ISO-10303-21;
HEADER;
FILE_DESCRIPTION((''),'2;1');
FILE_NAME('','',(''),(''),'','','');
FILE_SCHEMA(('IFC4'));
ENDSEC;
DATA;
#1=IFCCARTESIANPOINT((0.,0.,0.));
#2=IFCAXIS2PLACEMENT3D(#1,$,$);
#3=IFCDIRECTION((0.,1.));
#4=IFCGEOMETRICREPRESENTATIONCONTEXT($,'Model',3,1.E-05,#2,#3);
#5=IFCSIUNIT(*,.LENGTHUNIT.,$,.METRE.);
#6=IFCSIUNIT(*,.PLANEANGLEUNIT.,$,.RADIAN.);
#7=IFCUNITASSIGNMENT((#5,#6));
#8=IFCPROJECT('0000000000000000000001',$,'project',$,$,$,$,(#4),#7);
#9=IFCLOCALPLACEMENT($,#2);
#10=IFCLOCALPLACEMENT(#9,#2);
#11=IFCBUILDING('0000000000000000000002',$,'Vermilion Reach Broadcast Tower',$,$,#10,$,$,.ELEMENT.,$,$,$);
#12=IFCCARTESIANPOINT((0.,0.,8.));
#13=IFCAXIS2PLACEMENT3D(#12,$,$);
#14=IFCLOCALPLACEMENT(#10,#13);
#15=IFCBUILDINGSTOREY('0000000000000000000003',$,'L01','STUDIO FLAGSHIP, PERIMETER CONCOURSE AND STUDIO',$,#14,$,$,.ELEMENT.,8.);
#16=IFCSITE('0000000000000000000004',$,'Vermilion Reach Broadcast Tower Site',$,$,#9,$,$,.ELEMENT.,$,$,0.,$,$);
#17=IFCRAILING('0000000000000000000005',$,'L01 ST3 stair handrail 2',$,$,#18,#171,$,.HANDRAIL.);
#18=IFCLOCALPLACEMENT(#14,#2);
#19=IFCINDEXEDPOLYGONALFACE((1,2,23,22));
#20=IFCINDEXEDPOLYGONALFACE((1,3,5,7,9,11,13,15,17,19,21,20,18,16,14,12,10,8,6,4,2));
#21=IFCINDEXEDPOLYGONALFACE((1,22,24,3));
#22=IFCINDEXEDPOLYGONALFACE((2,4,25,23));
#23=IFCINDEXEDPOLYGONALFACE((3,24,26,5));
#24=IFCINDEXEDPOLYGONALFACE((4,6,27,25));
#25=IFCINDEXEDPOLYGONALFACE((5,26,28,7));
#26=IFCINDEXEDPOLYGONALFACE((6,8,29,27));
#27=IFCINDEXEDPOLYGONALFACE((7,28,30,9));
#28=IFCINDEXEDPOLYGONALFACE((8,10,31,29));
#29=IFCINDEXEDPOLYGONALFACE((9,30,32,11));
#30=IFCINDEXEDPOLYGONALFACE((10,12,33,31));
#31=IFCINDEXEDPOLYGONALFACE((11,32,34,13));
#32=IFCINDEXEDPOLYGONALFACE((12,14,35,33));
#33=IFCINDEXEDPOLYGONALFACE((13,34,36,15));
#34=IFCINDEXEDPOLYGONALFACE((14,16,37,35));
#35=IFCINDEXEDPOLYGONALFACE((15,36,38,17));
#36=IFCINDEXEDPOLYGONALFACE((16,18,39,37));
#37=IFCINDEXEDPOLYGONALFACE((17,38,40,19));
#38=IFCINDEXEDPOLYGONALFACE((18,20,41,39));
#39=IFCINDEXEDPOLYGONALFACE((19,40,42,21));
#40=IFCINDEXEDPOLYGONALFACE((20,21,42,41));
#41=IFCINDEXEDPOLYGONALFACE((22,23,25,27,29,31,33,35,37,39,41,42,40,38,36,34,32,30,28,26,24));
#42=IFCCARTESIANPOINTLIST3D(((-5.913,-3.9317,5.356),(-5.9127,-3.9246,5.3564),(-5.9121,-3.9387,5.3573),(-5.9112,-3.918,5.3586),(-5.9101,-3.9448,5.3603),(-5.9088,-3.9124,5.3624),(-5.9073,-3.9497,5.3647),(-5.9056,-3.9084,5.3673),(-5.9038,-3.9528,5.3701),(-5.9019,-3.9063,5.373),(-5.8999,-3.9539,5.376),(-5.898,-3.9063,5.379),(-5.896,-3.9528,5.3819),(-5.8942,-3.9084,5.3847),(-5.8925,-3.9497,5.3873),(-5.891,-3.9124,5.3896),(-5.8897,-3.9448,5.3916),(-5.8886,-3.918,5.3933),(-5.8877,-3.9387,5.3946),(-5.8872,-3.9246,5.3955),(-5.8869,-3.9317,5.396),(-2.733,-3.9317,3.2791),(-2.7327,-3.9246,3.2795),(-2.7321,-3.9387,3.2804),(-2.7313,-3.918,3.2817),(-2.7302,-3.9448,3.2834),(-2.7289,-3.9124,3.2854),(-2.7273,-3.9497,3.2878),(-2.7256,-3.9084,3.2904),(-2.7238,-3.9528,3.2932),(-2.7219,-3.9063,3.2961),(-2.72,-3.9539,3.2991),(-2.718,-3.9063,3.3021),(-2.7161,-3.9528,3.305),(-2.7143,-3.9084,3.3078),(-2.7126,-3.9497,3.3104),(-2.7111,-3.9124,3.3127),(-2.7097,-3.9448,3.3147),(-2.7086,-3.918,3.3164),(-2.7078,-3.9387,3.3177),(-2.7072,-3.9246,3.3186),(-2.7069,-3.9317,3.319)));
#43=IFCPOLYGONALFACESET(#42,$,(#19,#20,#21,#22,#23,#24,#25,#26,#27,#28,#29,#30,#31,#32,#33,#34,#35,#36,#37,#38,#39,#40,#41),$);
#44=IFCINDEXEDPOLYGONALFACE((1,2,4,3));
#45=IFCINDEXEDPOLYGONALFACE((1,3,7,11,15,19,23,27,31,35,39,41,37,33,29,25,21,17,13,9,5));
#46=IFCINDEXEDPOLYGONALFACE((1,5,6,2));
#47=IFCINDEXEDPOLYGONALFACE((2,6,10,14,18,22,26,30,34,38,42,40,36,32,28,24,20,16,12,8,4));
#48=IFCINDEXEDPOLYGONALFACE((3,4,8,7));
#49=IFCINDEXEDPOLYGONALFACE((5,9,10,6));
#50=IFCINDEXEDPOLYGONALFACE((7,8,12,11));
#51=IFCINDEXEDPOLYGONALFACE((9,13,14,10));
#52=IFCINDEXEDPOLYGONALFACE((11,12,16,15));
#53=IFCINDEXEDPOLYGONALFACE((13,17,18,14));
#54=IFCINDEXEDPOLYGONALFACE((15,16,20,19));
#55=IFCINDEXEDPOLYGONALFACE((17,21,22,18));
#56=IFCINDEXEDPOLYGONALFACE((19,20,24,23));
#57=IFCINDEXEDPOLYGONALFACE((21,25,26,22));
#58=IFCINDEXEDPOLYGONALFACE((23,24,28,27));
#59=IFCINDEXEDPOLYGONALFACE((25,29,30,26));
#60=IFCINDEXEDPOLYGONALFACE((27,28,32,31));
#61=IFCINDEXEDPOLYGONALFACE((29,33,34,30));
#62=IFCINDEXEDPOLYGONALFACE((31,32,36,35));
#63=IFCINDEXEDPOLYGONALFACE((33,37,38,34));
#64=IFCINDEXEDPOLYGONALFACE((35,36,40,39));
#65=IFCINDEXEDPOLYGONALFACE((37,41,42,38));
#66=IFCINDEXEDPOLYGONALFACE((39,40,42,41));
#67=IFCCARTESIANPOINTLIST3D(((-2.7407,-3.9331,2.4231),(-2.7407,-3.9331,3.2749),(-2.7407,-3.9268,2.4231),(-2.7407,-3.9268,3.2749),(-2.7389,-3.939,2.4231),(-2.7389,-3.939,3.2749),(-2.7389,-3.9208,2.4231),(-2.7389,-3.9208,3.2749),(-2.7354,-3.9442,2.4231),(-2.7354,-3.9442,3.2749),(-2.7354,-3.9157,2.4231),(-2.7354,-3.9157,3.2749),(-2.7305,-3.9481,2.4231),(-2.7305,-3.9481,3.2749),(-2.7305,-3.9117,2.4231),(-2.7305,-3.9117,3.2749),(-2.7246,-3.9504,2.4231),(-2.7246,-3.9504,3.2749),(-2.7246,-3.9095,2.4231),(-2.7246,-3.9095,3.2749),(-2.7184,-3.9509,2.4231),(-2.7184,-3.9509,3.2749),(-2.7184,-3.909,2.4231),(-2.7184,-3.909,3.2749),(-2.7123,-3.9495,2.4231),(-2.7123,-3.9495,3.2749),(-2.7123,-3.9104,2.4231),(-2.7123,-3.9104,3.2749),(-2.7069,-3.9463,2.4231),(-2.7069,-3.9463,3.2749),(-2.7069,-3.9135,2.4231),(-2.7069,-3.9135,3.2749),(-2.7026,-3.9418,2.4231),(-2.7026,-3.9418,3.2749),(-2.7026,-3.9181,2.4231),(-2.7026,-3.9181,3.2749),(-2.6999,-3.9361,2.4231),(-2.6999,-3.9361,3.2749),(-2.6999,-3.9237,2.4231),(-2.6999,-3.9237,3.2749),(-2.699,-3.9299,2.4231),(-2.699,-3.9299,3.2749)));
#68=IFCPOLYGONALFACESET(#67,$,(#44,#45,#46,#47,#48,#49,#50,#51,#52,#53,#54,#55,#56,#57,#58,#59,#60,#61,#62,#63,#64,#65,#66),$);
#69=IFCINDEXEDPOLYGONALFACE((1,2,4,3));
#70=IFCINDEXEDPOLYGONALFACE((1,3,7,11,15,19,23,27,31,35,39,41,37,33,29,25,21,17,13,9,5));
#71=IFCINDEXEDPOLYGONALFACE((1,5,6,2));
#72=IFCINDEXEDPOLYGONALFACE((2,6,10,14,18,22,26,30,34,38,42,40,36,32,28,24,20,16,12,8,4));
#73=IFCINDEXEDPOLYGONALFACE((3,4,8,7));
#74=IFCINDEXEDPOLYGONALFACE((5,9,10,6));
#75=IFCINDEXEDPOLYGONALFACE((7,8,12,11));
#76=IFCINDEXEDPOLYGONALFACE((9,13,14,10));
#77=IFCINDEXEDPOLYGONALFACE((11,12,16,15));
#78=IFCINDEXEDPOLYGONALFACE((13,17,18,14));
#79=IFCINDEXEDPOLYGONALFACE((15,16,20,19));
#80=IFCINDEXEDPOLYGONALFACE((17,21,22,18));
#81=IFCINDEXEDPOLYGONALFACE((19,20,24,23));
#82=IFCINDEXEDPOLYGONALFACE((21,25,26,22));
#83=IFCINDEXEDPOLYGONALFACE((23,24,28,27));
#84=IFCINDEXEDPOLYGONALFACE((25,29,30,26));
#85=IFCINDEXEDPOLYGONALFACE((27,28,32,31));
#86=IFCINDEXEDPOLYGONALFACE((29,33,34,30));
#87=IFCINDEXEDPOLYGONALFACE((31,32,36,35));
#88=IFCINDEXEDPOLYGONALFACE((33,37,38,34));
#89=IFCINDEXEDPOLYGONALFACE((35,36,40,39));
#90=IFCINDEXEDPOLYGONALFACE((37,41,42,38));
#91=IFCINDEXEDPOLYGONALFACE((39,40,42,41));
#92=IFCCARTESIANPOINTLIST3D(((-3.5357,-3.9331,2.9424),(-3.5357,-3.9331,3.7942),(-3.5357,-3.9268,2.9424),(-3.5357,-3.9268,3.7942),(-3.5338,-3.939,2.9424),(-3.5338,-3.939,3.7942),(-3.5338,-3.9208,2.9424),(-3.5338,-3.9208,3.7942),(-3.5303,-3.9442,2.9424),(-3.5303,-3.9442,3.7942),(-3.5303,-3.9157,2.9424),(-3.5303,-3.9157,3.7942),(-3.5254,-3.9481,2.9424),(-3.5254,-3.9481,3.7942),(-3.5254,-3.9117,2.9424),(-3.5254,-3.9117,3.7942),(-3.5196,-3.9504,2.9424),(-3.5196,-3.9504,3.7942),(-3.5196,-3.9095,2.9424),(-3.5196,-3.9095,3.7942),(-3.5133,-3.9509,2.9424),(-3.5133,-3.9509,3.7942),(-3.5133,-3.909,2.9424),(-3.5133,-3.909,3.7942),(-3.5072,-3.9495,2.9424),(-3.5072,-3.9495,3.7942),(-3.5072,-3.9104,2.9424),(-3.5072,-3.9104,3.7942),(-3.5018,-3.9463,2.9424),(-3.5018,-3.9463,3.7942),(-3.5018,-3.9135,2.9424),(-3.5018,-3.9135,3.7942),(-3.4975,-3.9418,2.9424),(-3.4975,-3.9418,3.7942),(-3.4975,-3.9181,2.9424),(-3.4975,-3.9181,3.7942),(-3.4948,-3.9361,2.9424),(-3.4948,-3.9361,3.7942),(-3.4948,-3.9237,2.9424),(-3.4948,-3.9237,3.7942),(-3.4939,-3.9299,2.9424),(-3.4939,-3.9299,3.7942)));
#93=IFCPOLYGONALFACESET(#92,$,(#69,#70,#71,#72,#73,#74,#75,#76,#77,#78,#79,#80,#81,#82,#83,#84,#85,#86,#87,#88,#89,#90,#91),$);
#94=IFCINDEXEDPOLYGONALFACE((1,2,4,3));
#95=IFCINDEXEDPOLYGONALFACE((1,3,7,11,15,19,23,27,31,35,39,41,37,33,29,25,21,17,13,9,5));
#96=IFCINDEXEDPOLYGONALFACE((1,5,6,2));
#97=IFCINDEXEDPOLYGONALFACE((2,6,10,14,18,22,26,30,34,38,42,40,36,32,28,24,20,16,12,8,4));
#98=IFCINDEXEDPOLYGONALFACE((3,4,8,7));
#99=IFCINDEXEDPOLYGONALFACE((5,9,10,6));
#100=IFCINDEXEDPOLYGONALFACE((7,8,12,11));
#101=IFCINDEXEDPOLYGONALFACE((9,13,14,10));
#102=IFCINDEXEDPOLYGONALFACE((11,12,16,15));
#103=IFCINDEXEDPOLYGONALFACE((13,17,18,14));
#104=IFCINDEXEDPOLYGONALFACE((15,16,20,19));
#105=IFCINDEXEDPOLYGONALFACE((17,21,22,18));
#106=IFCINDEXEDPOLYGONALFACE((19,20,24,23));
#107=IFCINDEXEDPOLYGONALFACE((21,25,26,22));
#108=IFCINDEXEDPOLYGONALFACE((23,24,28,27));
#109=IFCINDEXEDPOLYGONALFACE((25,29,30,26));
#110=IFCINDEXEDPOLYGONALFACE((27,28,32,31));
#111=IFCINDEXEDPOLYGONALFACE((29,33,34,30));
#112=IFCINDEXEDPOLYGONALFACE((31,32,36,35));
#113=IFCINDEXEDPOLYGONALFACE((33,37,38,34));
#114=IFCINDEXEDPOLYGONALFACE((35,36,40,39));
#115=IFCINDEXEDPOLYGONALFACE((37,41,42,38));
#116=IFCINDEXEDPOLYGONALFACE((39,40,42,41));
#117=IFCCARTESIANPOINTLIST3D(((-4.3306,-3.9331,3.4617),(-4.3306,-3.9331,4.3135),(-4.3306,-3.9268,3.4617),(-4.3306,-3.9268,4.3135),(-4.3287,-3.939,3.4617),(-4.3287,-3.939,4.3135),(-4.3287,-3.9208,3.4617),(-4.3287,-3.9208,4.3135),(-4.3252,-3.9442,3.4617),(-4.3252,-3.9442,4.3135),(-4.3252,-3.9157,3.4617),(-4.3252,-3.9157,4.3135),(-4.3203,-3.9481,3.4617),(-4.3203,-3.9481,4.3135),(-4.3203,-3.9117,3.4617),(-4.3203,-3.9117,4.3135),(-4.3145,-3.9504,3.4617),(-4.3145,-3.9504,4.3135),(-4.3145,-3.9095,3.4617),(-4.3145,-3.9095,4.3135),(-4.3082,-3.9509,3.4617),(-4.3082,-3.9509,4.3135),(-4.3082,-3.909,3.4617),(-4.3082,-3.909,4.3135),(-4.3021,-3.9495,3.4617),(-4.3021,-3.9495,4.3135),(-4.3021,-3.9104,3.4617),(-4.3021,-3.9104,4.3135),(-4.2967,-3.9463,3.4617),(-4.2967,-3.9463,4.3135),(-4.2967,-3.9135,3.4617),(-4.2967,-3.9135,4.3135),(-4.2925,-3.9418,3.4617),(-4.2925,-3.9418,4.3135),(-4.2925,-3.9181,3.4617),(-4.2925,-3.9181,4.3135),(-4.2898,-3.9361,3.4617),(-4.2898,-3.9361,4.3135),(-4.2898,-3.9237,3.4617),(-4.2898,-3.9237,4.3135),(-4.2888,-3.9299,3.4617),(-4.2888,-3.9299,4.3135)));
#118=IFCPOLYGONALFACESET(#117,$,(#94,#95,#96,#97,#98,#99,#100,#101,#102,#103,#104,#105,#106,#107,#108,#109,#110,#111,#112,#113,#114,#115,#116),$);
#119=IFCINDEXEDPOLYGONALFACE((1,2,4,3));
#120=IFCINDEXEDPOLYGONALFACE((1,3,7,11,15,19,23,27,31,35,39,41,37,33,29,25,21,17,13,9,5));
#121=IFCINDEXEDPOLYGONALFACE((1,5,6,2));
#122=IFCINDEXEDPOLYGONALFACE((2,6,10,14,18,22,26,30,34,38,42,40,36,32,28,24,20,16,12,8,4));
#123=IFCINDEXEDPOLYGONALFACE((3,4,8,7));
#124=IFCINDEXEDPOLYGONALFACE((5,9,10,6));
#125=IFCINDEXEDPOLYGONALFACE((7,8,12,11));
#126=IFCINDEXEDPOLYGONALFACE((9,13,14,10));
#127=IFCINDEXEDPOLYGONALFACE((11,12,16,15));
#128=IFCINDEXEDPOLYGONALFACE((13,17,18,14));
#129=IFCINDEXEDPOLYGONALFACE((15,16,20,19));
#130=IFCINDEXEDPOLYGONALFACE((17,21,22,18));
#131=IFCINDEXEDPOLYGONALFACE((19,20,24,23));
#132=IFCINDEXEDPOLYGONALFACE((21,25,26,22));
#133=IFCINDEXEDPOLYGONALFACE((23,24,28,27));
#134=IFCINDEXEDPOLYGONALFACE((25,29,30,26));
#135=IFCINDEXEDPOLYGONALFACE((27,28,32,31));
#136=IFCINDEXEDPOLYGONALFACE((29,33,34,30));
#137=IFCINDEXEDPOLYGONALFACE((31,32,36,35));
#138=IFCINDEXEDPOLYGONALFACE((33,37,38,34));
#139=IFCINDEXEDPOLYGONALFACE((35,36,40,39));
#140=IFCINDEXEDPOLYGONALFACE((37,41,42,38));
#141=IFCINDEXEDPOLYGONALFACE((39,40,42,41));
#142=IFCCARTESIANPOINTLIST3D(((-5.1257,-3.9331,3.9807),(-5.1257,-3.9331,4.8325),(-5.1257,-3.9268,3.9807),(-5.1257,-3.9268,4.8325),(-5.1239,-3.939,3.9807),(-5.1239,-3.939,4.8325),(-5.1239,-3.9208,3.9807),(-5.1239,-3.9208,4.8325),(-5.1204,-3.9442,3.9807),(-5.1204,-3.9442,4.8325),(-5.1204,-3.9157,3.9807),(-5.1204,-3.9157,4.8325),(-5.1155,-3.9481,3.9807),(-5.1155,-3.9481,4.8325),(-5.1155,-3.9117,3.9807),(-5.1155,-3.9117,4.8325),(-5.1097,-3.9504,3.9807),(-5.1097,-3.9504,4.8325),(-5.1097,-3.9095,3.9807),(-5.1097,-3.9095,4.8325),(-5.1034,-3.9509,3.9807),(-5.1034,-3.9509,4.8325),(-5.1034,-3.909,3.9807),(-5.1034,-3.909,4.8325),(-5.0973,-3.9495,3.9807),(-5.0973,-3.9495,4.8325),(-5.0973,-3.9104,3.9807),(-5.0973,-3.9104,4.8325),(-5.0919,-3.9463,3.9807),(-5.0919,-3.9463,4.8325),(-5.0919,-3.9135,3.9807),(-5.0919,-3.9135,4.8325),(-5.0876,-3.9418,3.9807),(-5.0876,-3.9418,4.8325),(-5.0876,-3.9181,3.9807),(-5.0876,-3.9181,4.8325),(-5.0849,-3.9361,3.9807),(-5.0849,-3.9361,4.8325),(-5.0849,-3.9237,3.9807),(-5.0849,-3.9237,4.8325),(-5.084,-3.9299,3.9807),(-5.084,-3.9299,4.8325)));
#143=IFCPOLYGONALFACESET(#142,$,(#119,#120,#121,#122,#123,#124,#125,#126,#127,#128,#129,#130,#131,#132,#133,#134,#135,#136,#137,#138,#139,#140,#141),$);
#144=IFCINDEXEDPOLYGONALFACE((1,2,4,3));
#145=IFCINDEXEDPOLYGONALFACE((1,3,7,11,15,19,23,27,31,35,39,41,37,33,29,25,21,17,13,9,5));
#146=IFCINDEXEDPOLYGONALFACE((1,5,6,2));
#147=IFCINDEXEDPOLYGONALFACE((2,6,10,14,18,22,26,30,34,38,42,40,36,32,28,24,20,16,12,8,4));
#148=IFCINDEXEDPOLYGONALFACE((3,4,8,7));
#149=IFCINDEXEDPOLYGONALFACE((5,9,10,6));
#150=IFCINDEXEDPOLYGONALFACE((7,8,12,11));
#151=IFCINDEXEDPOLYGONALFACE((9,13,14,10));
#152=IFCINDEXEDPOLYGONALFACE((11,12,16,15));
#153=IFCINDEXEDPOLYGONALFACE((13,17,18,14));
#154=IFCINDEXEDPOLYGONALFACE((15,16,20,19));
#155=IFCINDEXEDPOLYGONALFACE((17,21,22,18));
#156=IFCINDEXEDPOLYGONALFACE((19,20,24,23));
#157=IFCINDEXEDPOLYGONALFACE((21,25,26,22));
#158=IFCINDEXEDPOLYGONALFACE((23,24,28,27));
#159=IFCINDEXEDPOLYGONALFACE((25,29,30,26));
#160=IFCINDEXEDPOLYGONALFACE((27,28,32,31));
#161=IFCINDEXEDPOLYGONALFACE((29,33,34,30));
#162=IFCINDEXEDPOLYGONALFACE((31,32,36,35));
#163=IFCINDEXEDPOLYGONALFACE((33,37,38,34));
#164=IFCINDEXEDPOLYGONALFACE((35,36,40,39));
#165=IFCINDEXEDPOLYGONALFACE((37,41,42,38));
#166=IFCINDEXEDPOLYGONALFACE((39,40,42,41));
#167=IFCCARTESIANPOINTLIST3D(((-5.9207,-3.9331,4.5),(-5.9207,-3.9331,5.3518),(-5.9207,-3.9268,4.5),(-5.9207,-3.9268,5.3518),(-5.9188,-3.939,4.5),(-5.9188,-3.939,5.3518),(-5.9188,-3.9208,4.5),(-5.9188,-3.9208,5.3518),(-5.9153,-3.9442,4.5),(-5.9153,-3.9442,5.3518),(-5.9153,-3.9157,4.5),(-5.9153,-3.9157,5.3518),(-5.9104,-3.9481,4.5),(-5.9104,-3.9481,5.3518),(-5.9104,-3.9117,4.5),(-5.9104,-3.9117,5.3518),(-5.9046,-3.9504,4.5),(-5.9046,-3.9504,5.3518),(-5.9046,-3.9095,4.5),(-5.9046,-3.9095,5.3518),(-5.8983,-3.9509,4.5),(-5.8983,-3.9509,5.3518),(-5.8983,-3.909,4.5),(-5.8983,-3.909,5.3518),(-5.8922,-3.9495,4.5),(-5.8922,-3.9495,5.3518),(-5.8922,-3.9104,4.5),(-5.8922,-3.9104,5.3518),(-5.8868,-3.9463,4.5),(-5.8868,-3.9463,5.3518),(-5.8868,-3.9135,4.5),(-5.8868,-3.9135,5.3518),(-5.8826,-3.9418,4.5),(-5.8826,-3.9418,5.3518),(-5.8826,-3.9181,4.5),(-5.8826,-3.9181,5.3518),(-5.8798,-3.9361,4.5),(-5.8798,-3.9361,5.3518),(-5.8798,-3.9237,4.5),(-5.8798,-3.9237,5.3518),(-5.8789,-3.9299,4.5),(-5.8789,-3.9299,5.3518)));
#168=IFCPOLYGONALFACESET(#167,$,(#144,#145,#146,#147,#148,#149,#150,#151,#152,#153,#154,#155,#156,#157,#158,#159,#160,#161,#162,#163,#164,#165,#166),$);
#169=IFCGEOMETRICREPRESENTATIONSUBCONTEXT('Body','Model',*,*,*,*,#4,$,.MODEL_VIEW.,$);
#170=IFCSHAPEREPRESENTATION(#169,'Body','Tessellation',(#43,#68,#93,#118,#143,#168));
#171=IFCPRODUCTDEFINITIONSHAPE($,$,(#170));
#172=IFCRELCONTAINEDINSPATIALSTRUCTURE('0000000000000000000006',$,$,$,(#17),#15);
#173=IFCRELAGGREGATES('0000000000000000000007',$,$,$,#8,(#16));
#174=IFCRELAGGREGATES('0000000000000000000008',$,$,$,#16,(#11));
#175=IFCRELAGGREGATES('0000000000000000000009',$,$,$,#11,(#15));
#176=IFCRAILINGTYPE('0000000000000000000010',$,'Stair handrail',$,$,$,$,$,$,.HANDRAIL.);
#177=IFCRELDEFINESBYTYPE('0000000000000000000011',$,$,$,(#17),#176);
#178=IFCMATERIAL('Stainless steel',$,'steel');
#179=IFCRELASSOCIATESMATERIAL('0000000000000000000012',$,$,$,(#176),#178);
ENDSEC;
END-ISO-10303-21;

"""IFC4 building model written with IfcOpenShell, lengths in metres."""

from ifc_helpers import new_model, si_unit, direction, frame, origin, origin_2d, place, context, subcontext, project, spatial, circle, extrude, material, type_object, element, save


model = new_model("IFC4")

# Units and contexts
model_context = context("Model", 3, precision=1e-05, world=origin(), true_north=direction((0.0, 1.0)))
body_context = subcontext(model_context, "Body", "Model", "MODEL_VIEW")
ifc_project = project(units=[si_unit("LENGTHUNIT", "METRE"), si_unit("PLANEANGLEUNIT", "RADIAN")], contexts=[model_context])

# Site, building, storey
site_placement = place(None, origin())
site = spatial("IfcSite", under=ifc_project, at=site_placement, Name="Vermilion Reach Broadcast Tower Site", CompositionType="ELEMENT", RefElevation=0.0)
building_placement = place(site_placement, origin())
building = spatial("IfcBuilding", under=site, at=building_placement, Name="Vermilion Reach Broadcast Tower", CompositionType="ELEMENT")
storey_placement = place(building_placement, frame((0.0, 0.0, 8.0)))
storey = spatial("IfcBuildingStorey", under=building, at=storey_placement, Name="L01", Description="STUDIO FLAGSHIP, PERIMETER CONCOURSE AND STUDIO", CompositionType="ELEMENT", Elevation=8.0)

# Railing
ifc_material_1 = material(Name="Stainless steel", Category="steel")
railing_type_1 = type_object("IfcRailingType", Name="Stair handrail", PredefinedType="HANDRAIL", material=ifc_material_1)
railing_1_placement = place(storey_placement, frame((-2.72, -3.9299, 2.4231)))
element("IfcRailing", 1, at=railing_1_placement, inside=storey, type_object=railing_type_1, Name="L01 ST3 stair handrail 2", PredefinedType="HANDRAIL", context=body_context, shape_type="SweptSolid", body=[
    extrude(circle(Radius=0.0239, at=origin_2d()), frame((0.0, 0.0, 0.876), z_axis=(-0.837245, 0.0, 0.546828), x_axis=(0.0, -1.0, 0.0)), (0.0, 0.0, 1.0), 3.7981),
    extrude(circle(Radius=0.021, at=origin_2d()), origin(), (0.0, 0.0, 1.0), 0.8518),
    extrude(circle(Radius=0.021, at=origin_2d()), frame((-0.7949, 0.0, 0.5193)), (0.0, 0.0, 1.0), 0.8518),
    extrude(circle(Radius=0.021, at=origin_2d()), frame((-1.5898, 0.0, 1.0386)), (0.0, 0.0, 1.0), 0.8518),
    extrude(circle(Radius=0.021, at=origin_2d()), frame((-2.385, 0.0, 1.5576)), (0.0, 0.0, 1.0), 0.8518),
    extrude(circle(Radius=0.021, at=origin_2d()), frame((-3.1799, 0.0, 2.0769)), (0.0, 0.0, 1.0), 0.8518),
])

save(model, "model.ifc")
